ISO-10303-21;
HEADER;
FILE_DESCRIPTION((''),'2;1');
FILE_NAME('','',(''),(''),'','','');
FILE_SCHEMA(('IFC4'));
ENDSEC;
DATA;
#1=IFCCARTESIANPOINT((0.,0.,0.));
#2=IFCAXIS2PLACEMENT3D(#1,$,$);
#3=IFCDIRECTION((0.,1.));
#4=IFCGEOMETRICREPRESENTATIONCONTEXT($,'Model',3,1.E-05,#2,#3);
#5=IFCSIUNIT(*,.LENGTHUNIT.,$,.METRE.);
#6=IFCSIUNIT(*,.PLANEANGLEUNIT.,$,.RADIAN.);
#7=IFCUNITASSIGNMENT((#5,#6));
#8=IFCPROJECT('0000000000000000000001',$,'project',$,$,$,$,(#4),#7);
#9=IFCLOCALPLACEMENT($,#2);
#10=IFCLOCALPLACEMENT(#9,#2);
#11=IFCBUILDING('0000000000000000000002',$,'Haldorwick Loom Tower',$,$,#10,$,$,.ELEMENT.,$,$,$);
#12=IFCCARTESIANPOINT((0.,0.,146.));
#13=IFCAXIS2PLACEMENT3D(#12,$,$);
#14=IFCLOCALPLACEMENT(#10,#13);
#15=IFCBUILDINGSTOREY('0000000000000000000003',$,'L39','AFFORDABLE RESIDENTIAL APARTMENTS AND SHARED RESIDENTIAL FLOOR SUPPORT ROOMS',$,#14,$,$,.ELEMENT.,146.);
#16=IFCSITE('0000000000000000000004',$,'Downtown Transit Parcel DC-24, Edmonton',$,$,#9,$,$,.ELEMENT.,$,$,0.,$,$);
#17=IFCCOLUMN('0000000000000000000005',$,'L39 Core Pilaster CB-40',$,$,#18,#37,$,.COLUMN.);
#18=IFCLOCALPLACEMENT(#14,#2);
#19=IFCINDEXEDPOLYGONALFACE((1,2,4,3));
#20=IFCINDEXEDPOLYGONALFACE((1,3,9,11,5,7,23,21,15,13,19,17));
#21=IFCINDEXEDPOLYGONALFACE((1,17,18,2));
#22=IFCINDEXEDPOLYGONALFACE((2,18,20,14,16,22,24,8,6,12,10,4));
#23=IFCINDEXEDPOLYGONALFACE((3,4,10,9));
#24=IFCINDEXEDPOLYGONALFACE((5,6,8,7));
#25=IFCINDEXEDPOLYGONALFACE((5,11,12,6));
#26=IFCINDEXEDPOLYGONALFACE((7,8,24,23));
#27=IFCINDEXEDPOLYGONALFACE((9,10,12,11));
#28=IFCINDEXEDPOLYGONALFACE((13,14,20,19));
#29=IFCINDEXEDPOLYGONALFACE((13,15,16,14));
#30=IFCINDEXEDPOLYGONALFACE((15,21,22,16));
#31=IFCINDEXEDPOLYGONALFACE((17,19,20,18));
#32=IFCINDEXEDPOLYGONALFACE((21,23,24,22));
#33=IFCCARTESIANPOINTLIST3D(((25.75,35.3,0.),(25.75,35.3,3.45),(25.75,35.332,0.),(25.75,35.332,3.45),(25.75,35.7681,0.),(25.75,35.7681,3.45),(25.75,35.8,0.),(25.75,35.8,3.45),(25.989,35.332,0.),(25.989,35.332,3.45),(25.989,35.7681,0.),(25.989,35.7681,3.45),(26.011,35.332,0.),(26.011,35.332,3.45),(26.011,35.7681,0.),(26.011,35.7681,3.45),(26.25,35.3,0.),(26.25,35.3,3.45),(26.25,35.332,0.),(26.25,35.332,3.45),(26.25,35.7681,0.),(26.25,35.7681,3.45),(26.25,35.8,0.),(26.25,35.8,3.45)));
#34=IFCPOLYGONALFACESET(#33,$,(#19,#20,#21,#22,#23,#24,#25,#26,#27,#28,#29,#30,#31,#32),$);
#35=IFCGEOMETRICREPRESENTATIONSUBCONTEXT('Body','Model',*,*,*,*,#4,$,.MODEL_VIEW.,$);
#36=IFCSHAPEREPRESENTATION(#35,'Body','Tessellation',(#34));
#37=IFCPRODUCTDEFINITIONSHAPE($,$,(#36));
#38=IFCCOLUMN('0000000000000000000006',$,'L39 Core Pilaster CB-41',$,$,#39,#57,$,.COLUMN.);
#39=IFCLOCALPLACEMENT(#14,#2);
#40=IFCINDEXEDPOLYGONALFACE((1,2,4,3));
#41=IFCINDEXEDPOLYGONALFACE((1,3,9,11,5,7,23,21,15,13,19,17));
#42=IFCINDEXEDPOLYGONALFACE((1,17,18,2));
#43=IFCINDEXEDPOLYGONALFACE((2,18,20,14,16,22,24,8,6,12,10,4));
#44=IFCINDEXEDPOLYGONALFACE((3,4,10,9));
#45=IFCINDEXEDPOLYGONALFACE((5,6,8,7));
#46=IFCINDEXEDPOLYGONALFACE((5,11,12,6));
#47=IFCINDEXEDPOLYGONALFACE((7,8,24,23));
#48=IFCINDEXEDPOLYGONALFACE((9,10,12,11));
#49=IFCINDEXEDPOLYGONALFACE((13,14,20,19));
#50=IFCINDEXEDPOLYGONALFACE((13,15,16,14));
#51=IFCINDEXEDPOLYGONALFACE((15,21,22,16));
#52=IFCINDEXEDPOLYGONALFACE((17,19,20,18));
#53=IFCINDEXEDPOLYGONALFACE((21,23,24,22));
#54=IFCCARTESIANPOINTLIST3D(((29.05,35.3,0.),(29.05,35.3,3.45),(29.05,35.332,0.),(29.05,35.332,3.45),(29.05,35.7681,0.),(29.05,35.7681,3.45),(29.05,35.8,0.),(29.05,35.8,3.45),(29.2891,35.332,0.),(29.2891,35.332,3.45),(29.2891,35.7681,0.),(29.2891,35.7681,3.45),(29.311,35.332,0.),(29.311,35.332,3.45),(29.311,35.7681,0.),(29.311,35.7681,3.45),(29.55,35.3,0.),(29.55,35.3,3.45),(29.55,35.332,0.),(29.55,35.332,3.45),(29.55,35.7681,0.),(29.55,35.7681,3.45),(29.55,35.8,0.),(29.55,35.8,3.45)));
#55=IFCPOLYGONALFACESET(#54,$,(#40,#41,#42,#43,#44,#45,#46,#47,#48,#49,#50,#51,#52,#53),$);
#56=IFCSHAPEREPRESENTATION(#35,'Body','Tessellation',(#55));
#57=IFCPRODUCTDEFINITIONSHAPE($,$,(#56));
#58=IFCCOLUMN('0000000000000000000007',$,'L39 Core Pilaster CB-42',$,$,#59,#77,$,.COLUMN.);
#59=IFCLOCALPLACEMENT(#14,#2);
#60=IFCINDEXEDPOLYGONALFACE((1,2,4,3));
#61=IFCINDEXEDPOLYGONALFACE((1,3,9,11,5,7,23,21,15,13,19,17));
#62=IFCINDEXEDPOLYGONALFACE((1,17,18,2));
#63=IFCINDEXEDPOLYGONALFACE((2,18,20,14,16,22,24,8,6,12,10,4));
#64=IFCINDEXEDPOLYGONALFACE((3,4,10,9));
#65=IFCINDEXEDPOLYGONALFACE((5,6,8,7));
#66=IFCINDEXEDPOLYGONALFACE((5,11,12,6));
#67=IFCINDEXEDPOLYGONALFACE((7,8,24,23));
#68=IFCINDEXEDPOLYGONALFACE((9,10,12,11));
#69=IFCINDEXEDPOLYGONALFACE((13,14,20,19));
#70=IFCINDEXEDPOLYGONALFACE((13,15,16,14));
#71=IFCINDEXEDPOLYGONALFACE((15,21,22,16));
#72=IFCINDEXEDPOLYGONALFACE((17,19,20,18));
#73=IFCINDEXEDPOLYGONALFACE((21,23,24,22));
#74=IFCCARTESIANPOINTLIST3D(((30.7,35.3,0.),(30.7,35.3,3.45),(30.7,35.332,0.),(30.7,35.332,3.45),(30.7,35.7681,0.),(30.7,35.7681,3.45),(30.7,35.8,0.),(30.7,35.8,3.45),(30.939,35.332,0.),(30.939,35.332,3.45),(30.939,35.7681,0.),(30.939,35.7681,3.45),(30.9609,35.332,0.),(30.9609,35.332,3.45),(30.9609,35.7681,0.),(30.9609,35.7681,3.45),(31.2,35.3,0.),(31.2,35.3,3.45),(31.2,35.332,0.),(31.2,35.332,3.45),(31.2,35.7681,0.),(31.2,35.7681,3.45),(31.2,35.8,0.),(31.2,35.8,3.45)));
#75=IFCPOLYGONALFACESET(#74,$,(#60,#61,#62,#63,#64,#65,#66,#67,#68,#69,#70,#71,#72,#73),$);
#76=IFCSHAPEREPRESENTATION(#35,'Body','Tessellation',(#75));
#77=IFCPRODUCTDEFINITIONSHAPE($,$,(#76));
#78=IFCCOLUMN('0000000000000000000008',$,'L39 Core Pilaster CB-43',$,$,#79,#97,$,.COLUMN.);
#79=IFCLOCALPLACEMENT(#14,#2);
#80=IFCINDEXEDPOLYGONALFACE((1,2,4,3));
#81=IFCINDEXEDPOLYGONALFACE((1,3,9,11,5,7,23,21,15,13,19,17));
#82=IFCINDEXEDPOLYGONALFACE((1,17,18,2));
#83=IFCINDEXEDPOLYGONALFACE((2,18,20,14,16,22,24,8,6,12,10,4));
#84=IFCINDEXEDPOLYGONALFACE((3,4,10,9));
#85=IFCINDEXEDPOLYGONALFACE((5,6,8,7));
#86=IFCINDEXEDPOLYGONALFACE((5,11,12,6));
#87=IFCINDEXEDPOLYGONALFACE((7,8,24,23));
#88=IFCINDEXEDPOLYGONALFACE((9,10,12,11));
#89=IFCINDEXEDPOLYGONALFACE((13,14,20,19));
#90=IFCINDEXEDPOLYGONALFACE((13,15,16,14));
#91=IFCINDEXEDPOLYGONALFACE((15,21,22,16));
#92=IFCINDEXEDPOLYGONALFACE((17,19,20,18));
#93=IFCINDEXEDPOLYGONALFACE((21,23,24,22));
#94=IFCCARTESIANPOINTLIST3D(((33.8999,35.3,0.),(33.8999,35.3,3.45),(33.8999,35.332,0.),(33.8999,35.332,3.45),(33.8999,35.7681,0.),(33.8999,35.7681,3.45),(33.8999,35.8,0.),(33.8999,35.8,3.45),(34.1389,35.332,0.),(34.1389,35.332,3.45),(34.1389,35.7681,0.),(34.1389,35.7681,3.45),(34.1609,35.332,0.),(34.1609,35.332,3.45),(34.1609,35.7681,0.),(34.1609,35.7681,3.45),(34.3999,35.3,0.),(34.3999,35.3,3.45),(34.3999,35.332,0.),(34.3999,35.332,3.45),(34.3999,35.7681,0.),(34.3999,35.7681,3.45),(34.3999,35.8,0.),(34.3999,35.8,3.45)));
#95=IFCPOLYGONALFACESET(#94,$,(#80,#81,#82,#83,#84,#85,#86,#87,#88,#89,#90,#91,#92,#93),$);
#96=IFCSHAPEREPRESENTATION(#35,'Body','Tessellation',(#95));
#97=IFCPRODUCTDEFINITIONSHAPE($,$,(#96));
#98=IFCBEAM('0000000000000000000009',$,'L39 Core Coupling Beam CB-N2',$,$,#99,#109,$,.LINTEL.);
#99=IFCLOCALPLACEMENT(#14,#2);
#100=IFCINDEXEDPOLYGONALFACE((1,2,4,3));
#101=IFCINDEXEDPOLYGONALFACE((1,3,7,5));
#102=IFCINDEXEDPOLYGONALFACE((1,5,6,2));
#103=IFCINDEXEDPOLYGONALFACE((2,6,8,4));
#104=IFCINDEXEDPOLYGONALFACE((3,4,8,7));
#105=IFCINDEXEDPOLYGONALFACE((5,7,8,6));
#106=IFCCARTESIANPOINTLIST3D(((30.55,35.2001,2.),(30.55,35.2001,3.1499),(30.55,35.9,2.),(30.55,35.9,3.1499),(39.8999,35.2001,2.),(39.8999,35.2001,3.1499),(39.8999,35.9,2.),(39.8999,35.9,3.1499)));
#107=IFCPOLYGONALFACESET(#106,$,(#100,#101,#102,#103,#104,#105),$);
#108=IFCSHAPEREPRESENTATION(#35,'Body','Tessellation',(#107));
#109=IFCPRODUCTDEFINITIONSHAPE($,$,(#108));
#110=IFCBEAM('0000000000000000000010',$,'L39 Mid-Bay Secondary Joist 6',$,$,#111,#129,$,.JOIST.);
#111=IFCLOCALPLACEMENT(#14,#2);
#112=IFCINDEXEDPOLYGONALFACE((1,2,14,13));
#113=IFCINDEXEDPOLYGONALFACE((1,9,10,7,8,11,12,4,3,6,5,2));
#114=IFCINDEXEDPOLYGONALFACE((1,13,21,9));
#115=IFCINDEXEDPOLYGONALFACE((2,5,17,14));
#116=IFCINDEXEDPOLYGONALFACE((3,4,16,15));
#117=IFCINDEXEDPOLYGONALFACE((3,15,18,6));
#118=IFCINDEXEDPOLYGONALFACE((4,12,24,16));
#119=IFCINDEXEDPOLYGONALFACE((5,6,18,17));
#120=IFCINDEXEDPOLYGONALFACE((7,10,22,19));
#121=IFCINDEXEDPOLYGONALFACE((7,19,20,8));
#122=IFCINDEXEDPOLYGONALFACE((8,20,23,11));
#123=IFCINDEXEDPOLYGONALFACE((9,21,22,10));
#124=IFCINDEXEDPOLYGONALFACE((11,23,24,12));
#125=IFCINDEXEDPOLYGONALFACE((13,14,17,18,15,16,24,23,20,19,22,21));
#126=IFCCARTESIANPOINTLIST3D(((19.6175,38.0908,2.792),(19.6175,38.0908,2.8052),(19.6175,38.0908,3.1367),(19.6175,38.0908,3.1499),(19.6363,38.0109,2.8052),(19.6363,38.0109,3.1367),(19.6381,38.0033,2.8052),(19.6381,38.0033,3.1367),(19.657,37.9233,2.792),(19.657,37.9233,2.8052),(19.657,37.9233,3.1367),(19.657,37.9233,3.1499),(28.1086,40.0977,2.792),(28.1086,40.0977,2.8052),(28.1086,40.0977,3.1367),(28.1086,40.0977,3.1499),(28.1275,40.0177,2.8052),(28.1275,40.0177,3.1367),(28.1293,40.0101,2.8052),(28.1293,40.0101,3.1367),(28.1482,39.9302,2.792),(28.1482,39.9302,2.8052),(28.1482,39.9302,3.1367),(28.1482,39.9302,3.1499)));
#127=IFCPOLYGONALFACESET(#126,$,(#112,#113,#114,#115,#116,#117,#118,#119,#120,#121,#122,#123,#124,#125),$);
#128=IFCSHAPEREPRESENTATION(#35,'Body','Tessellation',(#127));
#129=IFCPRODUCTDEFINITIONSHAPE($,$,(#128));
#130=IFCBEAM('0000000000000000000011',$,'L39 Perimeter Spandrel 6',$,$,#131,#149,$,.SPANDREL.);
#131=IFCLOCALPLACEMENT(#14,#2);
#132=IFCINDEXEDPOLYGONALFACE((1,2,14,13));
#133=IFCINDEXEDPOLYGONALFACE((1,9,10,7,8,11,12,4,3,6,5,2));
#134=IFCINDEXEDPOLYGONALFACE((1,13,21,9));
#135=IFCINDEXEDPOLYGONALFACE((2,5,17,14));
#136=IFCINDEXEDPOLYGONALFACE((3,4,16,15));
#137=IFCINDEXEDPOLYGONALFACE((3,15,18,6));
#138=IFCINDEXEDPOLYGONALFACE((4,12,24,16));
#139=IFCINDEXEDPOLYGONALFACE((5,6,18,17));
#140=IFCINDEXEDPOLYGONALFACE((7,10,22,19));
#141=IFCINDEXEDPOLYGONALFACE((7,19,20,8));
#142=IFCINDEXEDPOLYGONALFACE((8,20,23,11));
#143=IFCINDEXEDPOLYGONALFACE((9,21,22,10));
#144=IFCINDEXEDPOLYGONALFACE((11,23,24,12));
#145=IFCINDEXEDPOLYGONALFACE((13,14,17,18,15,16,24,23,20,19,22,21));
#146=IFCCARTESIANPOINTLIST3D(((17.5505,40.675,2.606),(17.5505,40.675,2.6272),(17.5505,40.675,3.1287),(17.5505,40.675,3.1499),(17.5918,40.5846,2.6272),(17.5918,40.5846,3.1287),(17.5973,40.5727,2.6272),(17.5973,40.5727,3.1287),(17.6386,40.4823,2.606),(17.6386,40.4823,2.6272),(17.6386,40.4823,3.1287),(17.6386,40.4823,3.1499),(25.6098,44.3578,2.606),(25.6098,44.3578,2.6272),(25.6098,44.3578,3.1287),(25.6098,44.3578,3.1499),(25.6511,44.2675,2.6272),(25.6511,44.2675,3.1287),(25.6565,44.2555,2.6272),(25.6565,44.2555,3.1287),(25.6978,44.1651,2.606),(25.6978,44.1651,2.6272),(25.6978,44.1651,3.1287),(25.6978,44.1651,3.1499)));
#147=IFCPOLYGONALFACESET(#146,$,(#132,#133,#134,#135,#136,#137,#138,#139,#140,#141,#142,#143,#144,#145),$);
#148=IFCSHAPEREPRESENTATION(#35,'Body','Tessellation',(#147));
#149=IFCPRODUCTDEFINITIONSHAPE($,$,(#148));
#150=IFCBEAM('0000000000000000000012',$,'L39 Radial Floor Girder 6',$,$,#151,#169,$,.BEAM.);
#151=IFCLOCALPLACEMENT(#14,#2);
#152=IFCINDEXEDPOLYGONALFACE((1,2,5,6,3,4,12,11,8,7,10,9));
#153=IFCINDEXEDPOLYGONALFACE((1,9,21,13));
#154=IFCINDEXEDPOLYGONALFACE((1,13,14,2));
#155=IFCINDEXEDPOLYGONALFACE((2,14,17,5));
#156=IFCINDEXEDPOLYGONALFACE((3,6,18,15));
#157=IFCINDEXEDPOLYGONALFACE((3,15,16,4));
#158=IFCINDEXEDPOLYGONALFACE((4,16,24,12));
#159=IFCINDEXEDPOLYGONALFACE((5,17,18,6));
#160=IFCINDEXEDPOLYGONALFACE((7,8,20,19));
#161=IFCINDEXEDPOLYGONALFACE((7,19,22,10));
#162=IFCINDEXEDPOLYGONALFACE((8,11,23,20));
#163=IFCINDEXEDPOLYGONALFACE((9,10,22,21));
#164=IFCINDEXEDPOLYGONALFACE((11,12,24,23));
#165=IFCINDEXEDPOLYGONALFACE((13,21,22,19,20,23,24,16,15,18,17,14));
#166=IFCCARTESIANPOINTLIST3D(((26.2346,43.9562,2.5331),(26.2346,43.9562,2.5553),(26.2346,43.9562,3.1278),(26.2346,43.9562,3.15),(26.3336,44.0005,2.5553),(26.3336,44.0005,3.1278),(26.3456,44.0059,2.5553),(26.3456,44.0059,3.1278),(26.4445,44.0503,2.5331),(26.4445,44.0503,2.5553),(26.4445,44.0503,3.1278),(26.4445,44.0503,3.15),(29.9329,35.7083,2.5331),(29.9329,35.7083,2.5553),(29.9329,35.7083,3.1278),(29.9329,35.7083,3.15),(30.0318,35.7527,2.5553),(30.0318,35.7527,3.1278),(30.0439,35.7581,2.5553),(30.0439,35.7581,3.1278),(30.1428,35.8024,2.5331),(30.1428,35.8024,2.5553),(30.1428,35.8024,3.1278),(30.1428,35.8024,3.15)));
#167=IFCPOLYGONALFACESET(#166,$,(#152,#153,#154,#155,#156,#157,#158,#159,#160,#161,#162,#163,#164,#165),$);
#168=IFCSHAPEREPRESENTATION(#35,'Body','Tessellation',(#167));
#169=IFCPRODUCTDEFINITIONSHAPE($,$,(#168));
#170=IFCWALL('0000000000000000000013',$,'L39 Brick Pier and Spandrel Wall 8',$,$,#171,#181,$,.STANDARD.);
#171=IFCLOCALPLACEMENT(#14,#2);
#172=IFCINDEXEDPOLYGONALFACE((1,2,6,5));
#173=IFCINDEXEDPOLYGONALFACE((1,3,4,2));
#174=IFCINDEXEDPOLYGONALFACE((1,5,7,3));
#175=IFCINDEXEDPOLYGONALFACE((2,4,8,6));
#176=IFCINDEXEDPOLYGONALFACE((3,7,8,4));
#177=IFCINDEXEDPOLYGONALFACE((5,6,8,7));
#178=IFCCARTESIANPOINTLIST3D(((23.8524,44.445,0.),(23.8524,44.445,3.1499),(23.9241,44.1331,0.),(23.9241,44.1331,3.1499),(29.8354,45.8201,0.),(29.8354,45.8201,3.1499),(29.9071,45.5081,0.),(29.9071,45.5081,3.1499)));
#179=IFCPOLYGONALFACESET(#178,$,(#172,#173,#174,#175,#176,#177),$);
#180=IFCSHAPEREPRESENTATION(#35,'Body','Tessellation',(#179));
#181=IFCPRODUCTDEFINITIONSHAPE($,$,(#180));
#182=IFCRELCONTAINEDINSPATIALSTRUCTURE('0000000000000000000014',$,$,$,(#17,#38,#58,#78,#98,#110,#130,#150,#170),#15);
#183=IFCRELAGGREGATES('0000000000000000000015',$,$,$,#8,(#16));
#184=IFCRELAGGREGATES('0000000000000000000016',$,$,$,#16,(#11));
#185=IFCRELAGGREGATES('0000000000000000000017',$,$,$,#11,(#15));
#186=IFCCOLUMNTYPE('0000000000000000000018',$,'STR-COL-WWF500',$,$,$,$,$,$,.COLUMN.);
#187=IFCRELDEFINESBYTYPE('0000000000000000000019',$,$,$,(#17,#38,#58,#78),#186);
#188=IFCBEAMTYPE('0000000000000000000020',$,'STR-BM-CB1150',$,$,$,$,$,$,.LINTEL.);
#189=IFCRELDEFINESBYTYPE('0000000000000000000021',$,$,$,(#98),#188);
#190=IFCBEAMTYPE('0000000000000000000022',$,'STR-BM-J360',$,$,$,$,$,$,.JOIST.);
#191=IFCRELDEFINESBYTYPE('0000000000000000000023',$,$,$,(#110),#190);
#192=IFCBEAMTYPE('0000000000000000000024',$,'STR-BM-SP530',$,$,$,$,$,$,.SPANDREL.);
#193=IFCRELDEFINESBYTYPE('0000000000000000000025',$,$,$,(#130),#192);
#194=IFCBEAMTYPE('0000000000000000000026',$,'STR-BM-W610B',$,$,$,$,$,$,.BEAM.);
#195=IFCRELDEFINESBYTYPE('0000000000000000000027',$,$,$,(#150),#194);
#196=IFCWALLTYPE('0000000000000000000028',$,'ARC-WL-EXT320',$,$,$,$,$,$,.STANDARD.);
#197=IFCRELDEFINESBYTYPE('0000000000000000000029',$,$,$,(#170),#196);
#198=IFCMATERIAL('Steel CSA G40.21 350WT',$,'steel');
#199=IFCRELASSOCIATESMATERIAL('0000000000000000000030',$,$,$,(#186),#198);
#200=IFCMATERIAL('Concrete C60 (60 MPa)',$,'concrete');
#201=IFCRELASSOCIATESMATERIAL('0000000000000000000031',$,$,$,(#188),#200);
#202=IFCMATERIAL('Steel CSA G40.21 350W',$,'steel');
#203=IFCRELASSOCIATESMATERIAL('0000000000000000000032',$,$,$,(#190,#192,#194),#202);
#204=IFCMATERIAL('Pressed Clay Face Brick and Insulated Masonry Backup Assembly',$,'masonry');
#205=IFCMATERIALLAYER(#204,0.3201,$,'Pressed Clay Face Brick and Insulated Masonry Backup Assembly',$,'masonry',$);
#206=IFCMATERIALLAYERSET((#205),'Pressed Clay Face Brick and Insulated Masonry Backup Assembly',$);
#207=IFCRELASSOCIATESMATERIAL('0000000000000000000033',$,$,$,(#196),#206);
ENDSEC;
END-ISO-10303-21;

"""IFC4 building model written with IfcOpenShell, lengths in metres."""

from ifc_helpers import new_model, si_unit, direction, frame, frame_2d, origin, origin_2d, place, context, subcontext, project, spatial, rectangle, i_section, extrude, material, layer, layer_set, material_profile, profile_set, type_object, element, save


model = new_model("IFC4")

# Units and contexts
model_context = context("Model", 3, precision=1e-05, world=origin(), true_north=direction((0.0, 1.0)))
body_context = subcontext(model_context, "Body", "Model", "MODEL_VIEW")
ifc_project = project(units=[si_unit("LENGTHUNIT", "METRE"), si_unit("PLANEANGLEUNIT", "RADIAN")], contexts=[model_context])

# Site, building, storey
site_placement = place(None, origin())
site = spatial("IfcSite", under=ifc_project, at=site_placement, Name="Downtown Transit Parcel DC-24, Edmonton", CompositionType="ELEMENT", RefElevation=0.0)
building_placement = place(site_placement, origin())
building = spatial("IfcBuilding", under=site, at=building_placement, Name="Haldorwick Loom Tower", CompositionType="ELEMENT")
storey_placement = place(building_placement, frame((0.0, 0.0, 146.0)))
storey = spatial("IfcBuildingStorey", under=building, at=storey_placement, Name="L39", Description="AFFORDABLE RESIDENTIAL APARTMENTS AND SHARED RESIDENTIAL FLOOR SUPPORT ROOMS", CompositionType="ELEMENT", Elevation=146.0)

# Columns
ifc_material_1 = material(Name="Concrete C60 (60 MPa)", Category="concrete")
ifc_material_2 = material(Name="Steel CSA G40.21 350WT", Category="steel")
ifc_material_profile_1 = material_profile(ifc_material_2, i_section(OverallWidth=0.5, OverallDepth=0.5, WebThickness=0.022, FlangeThickness=0.032, at=origin_2d()), Name="WWF500X500", Category="steel")
ifc_profile_set_1 = profile_set([ifc_material_profile_1], Name="Steel CSA G40.21 350WT")
column_type_1 = type_object("IfcColumnType", Name="STR-COL-WWF500", PredefinedType="COLUMN", material=ifc_profile_set_1)
for number, where, z_axis, x_axis, name in (
    (1, (26.0, 35.55, 0.0), (0.0, 0.0, 1.0), (1.0, 0.0, 0.0), "L39 Core Pilaster CB-40"),
    (2, (29.3, 35.55, 0.0), (0.0, 0.0, 1.0), (1.0, 0.0, 0.0), "L39 Core Pilaster CB-41"),
    (3, (30.95, 35.55, 0.0), (0.0, 0.0, 1.0), (1.0, 0.0, 0.0), "L39 Core Pilaster CB-42"),
    (4, (34.1499, 35.55, 0.0), (0.0, 0.0, 1.0), (1.0, 0.0, 0.0), "L39 Core Pilaster CB-43"),
):
    element("IfcColumn", number, at=place(storey_placement, frame(where, z_axis=z_axis, x_axis=x_axis)), inside=storey, type_object=column_type_1, Name=name, PredefinedType="COLUMN", context=body_context, shape_type="SweptSolid", body=[
        extrude(i_section(OverallWidth=0.5, OverallDepth=0.5, WebThickness=0.022, FlangeThickness=0.032, at=origin_2d()), origin(), (0.0, 0.0, 1.0), 3.45),
    ])

# Beams
ifc_material_profile_2 = material_profile(ifc_material_1, rectangle(XDim=0.7, YDim=1.1499, at=origin_2d()), Name="RC700X1150", Category="concrete")
ifc_profile_set_2 = profile_set([ifc_material_profile_2], Name="Concrete C60 (60 MPa)")
beam_type_1 = type_object("IfcBeamType", Name="STR-BM-CB1150", PredefinedType="LINTEL", material=ifc_profile_set_2)
beam_1_placement = place(storey_placement, frame((30.55, 35.55, 2.575), z_axis=(1.0, 0.0, 0.0), x_axis=(0.0, 1.0, 0.0)))
element("IfcBeam", 5, at=beam_1_placement, inside=storey, type_object=beam_type_1, Name="L39 Core Coupling Beam CB-N2", PredefinedType="LINTEL", context=body_context, shape_type="SweptSolid", body=[
    extrude(rectangle(XDim=0.7, YDim=1.1499, at=origin_2d()), origin(), (0.0, 0.0, 1.0), 9.3499),
])
ifc_material_3 = material(Name="Steel CSA G40.21 350W", Category="steel")
ifc_material_profile_3 = material_profile(ifc_material_3, i_section(OverallWidth=0.1721, OverallDepth=0.3579, WebThickness=0.0078, FlangeThickness=0.0132, at=origin_2d()), Name="W360X57", Category="steel")
ifc_profile_set_3 = profile_set([ifc_material_profile_3], Name="Steel CSA G40.21 350W")
beam_type_2 = type_object("IfcBeamType", Name="STR-BM-J360", PredefinedType="JOIST", material=ifc_profile_set_3)
beam_2_placement = place(storey_placement, frame((28.1284, 40.0139, 2.9709), z_axis=(-0.973189, -0.230006, 0.0), x_axis=(0.230006, -0.973189, 0.0)))
element("IfcBeam", 6, at=beam_2_placement, inside=storey, type_object=beam_type_2, Name="L39 Mid-Bay Secondary Joist 6", PredefinedType="JOIST", context=body_context, shape_type="SweptSolid", body=[
    extrude(i_section(OverallWidth=0.1721, OverallDepth=0.3579, WebThickness=0.0078, FlangeThickness=0.0132, at=origin_2d()), origin(), (0.0, 0.0, 1.0), 8.7251),
])
ifc_material_profile_4 = material_profile(ifc_material_3, i_section(OverallWidth=0.2119, OverallDepth=0.5439, WebThickness=0.0132, FlangeThickness=0.0212, at=origin_2d()), Name="W530X123", Category="steel")
ifc_profile_set_4 = profile_set([ifc_material_profile_4], Name="Steel CSA G40.21 350W")
beam_type_3 = type_object("IfcBeamType", Name="STR-BM-SP530", PredefinedType="SPANDREL", material=ifc_profile_set_4)
beam_3_placement = place(storey_placement, frame((25.6538, 44.2615, 2.8779), z_axis=(-0.909534, -0.415629, 0.0), x_axis=(0.415629, -0.909534, 0.0)))
element("IfcBeam", 7, at=beam_3_placement, inside=storey, type_object=beam_type_3, Name="L39 Perimeter Spandrel 6", PredefinedType="SPANDREL", context=body_context, shape_type="SweptSolid", body=[
    extrude(i_section(OverallWidth=0.2119, OverallDepth=0.5439, WebThickness=0.0132, FlangeThickness=0.0212, at=origin_2d()), origin(), (0.0, 0.0, 1.0), 8.8608),
])
ifc_material_profile_5 = material_profile(ifc_material_3, i_section(OverallWidth=0.23, OverallDepth=0.6169, WebThickness=0.0132, FlangeThickness=0.0222, at=origin_2d()), Name="W610X140", Category="steel")
ifc_profile_set_5 = profile_set([ifc_material_profile_5], Name="Steel CSA G40.21 350W")
beam_type_4 = type_object("IfcBeamType", Name="STR-BM-W610B", PredefinedType="BEAM", material=ifc_profile_set_5)
beam_4_placement = place(storey_placement, frame((30.0378, 35.7554, 2.8416), z_axis=(-0.409144, 0.91247, 0.0), x_axis=(-0.91247, -0.409144, 0.0)))
element("IfcBeam", 8, at=beam_4_placement, inside=storey, type_object=beam_type_4, Name="L39 Radial Floor Girder 6", PredefinedType="BEAM", context=body_context, shape_type="SweptSolid", body=[
    extrude(i_section(OverallWidth=0.23, OverallDepth=0.6169, WebThickness=0.0132, FlangeThickness=0.0222, at=origin_2d()), origin(), (0.0, 0.0, 1.0), 9.0391),
])

# Wall
ifc_material_4 = material(Name="Pressed Clay Face Brick and Insulated Masonry Backup Assembly", Category="masonry")
ifc_layer_1 = layer(ifc_material_4, 0.3201, Name="Pressed Clay Face Brick and Insulated Masonry Backup Assembly", Category="masonry")
ifc_layer_set_1 = layer_set([ifc_layer_1], Name="Pressed Clay Face Brick and Insulated Masonry Backup Assembly")
wall_type_1 = type_object("IfcWallType", Name="ARC-WL-EXT320", PredefinedType="STANDARD", material=ifc_layer_set_1)
wall_1_placement = place(storey_placement, frame((29.8711, 45.6641, 0.0), z_axis=(0.0, 0.0, 1.0), x_axis=(-0.974593, -0.223982, 0.0)))
element("IfcWall", 9, at=wall_1_placement, inside=storey, type_object=wall_type_1, Name="L39 Brick Pier and Spandrel Wall 8", PredefinedType="STANDARD", context=body_context, shape_type="SweptSolid", body=[
    extrude(rectangle(XDim=6.1389, YDim=0.3201, at=frame_2d((3.0693, 0.0))), origin(), (0.0, 0.0, 1.0), 3.1499),
])

save(model, "model.ifc")
